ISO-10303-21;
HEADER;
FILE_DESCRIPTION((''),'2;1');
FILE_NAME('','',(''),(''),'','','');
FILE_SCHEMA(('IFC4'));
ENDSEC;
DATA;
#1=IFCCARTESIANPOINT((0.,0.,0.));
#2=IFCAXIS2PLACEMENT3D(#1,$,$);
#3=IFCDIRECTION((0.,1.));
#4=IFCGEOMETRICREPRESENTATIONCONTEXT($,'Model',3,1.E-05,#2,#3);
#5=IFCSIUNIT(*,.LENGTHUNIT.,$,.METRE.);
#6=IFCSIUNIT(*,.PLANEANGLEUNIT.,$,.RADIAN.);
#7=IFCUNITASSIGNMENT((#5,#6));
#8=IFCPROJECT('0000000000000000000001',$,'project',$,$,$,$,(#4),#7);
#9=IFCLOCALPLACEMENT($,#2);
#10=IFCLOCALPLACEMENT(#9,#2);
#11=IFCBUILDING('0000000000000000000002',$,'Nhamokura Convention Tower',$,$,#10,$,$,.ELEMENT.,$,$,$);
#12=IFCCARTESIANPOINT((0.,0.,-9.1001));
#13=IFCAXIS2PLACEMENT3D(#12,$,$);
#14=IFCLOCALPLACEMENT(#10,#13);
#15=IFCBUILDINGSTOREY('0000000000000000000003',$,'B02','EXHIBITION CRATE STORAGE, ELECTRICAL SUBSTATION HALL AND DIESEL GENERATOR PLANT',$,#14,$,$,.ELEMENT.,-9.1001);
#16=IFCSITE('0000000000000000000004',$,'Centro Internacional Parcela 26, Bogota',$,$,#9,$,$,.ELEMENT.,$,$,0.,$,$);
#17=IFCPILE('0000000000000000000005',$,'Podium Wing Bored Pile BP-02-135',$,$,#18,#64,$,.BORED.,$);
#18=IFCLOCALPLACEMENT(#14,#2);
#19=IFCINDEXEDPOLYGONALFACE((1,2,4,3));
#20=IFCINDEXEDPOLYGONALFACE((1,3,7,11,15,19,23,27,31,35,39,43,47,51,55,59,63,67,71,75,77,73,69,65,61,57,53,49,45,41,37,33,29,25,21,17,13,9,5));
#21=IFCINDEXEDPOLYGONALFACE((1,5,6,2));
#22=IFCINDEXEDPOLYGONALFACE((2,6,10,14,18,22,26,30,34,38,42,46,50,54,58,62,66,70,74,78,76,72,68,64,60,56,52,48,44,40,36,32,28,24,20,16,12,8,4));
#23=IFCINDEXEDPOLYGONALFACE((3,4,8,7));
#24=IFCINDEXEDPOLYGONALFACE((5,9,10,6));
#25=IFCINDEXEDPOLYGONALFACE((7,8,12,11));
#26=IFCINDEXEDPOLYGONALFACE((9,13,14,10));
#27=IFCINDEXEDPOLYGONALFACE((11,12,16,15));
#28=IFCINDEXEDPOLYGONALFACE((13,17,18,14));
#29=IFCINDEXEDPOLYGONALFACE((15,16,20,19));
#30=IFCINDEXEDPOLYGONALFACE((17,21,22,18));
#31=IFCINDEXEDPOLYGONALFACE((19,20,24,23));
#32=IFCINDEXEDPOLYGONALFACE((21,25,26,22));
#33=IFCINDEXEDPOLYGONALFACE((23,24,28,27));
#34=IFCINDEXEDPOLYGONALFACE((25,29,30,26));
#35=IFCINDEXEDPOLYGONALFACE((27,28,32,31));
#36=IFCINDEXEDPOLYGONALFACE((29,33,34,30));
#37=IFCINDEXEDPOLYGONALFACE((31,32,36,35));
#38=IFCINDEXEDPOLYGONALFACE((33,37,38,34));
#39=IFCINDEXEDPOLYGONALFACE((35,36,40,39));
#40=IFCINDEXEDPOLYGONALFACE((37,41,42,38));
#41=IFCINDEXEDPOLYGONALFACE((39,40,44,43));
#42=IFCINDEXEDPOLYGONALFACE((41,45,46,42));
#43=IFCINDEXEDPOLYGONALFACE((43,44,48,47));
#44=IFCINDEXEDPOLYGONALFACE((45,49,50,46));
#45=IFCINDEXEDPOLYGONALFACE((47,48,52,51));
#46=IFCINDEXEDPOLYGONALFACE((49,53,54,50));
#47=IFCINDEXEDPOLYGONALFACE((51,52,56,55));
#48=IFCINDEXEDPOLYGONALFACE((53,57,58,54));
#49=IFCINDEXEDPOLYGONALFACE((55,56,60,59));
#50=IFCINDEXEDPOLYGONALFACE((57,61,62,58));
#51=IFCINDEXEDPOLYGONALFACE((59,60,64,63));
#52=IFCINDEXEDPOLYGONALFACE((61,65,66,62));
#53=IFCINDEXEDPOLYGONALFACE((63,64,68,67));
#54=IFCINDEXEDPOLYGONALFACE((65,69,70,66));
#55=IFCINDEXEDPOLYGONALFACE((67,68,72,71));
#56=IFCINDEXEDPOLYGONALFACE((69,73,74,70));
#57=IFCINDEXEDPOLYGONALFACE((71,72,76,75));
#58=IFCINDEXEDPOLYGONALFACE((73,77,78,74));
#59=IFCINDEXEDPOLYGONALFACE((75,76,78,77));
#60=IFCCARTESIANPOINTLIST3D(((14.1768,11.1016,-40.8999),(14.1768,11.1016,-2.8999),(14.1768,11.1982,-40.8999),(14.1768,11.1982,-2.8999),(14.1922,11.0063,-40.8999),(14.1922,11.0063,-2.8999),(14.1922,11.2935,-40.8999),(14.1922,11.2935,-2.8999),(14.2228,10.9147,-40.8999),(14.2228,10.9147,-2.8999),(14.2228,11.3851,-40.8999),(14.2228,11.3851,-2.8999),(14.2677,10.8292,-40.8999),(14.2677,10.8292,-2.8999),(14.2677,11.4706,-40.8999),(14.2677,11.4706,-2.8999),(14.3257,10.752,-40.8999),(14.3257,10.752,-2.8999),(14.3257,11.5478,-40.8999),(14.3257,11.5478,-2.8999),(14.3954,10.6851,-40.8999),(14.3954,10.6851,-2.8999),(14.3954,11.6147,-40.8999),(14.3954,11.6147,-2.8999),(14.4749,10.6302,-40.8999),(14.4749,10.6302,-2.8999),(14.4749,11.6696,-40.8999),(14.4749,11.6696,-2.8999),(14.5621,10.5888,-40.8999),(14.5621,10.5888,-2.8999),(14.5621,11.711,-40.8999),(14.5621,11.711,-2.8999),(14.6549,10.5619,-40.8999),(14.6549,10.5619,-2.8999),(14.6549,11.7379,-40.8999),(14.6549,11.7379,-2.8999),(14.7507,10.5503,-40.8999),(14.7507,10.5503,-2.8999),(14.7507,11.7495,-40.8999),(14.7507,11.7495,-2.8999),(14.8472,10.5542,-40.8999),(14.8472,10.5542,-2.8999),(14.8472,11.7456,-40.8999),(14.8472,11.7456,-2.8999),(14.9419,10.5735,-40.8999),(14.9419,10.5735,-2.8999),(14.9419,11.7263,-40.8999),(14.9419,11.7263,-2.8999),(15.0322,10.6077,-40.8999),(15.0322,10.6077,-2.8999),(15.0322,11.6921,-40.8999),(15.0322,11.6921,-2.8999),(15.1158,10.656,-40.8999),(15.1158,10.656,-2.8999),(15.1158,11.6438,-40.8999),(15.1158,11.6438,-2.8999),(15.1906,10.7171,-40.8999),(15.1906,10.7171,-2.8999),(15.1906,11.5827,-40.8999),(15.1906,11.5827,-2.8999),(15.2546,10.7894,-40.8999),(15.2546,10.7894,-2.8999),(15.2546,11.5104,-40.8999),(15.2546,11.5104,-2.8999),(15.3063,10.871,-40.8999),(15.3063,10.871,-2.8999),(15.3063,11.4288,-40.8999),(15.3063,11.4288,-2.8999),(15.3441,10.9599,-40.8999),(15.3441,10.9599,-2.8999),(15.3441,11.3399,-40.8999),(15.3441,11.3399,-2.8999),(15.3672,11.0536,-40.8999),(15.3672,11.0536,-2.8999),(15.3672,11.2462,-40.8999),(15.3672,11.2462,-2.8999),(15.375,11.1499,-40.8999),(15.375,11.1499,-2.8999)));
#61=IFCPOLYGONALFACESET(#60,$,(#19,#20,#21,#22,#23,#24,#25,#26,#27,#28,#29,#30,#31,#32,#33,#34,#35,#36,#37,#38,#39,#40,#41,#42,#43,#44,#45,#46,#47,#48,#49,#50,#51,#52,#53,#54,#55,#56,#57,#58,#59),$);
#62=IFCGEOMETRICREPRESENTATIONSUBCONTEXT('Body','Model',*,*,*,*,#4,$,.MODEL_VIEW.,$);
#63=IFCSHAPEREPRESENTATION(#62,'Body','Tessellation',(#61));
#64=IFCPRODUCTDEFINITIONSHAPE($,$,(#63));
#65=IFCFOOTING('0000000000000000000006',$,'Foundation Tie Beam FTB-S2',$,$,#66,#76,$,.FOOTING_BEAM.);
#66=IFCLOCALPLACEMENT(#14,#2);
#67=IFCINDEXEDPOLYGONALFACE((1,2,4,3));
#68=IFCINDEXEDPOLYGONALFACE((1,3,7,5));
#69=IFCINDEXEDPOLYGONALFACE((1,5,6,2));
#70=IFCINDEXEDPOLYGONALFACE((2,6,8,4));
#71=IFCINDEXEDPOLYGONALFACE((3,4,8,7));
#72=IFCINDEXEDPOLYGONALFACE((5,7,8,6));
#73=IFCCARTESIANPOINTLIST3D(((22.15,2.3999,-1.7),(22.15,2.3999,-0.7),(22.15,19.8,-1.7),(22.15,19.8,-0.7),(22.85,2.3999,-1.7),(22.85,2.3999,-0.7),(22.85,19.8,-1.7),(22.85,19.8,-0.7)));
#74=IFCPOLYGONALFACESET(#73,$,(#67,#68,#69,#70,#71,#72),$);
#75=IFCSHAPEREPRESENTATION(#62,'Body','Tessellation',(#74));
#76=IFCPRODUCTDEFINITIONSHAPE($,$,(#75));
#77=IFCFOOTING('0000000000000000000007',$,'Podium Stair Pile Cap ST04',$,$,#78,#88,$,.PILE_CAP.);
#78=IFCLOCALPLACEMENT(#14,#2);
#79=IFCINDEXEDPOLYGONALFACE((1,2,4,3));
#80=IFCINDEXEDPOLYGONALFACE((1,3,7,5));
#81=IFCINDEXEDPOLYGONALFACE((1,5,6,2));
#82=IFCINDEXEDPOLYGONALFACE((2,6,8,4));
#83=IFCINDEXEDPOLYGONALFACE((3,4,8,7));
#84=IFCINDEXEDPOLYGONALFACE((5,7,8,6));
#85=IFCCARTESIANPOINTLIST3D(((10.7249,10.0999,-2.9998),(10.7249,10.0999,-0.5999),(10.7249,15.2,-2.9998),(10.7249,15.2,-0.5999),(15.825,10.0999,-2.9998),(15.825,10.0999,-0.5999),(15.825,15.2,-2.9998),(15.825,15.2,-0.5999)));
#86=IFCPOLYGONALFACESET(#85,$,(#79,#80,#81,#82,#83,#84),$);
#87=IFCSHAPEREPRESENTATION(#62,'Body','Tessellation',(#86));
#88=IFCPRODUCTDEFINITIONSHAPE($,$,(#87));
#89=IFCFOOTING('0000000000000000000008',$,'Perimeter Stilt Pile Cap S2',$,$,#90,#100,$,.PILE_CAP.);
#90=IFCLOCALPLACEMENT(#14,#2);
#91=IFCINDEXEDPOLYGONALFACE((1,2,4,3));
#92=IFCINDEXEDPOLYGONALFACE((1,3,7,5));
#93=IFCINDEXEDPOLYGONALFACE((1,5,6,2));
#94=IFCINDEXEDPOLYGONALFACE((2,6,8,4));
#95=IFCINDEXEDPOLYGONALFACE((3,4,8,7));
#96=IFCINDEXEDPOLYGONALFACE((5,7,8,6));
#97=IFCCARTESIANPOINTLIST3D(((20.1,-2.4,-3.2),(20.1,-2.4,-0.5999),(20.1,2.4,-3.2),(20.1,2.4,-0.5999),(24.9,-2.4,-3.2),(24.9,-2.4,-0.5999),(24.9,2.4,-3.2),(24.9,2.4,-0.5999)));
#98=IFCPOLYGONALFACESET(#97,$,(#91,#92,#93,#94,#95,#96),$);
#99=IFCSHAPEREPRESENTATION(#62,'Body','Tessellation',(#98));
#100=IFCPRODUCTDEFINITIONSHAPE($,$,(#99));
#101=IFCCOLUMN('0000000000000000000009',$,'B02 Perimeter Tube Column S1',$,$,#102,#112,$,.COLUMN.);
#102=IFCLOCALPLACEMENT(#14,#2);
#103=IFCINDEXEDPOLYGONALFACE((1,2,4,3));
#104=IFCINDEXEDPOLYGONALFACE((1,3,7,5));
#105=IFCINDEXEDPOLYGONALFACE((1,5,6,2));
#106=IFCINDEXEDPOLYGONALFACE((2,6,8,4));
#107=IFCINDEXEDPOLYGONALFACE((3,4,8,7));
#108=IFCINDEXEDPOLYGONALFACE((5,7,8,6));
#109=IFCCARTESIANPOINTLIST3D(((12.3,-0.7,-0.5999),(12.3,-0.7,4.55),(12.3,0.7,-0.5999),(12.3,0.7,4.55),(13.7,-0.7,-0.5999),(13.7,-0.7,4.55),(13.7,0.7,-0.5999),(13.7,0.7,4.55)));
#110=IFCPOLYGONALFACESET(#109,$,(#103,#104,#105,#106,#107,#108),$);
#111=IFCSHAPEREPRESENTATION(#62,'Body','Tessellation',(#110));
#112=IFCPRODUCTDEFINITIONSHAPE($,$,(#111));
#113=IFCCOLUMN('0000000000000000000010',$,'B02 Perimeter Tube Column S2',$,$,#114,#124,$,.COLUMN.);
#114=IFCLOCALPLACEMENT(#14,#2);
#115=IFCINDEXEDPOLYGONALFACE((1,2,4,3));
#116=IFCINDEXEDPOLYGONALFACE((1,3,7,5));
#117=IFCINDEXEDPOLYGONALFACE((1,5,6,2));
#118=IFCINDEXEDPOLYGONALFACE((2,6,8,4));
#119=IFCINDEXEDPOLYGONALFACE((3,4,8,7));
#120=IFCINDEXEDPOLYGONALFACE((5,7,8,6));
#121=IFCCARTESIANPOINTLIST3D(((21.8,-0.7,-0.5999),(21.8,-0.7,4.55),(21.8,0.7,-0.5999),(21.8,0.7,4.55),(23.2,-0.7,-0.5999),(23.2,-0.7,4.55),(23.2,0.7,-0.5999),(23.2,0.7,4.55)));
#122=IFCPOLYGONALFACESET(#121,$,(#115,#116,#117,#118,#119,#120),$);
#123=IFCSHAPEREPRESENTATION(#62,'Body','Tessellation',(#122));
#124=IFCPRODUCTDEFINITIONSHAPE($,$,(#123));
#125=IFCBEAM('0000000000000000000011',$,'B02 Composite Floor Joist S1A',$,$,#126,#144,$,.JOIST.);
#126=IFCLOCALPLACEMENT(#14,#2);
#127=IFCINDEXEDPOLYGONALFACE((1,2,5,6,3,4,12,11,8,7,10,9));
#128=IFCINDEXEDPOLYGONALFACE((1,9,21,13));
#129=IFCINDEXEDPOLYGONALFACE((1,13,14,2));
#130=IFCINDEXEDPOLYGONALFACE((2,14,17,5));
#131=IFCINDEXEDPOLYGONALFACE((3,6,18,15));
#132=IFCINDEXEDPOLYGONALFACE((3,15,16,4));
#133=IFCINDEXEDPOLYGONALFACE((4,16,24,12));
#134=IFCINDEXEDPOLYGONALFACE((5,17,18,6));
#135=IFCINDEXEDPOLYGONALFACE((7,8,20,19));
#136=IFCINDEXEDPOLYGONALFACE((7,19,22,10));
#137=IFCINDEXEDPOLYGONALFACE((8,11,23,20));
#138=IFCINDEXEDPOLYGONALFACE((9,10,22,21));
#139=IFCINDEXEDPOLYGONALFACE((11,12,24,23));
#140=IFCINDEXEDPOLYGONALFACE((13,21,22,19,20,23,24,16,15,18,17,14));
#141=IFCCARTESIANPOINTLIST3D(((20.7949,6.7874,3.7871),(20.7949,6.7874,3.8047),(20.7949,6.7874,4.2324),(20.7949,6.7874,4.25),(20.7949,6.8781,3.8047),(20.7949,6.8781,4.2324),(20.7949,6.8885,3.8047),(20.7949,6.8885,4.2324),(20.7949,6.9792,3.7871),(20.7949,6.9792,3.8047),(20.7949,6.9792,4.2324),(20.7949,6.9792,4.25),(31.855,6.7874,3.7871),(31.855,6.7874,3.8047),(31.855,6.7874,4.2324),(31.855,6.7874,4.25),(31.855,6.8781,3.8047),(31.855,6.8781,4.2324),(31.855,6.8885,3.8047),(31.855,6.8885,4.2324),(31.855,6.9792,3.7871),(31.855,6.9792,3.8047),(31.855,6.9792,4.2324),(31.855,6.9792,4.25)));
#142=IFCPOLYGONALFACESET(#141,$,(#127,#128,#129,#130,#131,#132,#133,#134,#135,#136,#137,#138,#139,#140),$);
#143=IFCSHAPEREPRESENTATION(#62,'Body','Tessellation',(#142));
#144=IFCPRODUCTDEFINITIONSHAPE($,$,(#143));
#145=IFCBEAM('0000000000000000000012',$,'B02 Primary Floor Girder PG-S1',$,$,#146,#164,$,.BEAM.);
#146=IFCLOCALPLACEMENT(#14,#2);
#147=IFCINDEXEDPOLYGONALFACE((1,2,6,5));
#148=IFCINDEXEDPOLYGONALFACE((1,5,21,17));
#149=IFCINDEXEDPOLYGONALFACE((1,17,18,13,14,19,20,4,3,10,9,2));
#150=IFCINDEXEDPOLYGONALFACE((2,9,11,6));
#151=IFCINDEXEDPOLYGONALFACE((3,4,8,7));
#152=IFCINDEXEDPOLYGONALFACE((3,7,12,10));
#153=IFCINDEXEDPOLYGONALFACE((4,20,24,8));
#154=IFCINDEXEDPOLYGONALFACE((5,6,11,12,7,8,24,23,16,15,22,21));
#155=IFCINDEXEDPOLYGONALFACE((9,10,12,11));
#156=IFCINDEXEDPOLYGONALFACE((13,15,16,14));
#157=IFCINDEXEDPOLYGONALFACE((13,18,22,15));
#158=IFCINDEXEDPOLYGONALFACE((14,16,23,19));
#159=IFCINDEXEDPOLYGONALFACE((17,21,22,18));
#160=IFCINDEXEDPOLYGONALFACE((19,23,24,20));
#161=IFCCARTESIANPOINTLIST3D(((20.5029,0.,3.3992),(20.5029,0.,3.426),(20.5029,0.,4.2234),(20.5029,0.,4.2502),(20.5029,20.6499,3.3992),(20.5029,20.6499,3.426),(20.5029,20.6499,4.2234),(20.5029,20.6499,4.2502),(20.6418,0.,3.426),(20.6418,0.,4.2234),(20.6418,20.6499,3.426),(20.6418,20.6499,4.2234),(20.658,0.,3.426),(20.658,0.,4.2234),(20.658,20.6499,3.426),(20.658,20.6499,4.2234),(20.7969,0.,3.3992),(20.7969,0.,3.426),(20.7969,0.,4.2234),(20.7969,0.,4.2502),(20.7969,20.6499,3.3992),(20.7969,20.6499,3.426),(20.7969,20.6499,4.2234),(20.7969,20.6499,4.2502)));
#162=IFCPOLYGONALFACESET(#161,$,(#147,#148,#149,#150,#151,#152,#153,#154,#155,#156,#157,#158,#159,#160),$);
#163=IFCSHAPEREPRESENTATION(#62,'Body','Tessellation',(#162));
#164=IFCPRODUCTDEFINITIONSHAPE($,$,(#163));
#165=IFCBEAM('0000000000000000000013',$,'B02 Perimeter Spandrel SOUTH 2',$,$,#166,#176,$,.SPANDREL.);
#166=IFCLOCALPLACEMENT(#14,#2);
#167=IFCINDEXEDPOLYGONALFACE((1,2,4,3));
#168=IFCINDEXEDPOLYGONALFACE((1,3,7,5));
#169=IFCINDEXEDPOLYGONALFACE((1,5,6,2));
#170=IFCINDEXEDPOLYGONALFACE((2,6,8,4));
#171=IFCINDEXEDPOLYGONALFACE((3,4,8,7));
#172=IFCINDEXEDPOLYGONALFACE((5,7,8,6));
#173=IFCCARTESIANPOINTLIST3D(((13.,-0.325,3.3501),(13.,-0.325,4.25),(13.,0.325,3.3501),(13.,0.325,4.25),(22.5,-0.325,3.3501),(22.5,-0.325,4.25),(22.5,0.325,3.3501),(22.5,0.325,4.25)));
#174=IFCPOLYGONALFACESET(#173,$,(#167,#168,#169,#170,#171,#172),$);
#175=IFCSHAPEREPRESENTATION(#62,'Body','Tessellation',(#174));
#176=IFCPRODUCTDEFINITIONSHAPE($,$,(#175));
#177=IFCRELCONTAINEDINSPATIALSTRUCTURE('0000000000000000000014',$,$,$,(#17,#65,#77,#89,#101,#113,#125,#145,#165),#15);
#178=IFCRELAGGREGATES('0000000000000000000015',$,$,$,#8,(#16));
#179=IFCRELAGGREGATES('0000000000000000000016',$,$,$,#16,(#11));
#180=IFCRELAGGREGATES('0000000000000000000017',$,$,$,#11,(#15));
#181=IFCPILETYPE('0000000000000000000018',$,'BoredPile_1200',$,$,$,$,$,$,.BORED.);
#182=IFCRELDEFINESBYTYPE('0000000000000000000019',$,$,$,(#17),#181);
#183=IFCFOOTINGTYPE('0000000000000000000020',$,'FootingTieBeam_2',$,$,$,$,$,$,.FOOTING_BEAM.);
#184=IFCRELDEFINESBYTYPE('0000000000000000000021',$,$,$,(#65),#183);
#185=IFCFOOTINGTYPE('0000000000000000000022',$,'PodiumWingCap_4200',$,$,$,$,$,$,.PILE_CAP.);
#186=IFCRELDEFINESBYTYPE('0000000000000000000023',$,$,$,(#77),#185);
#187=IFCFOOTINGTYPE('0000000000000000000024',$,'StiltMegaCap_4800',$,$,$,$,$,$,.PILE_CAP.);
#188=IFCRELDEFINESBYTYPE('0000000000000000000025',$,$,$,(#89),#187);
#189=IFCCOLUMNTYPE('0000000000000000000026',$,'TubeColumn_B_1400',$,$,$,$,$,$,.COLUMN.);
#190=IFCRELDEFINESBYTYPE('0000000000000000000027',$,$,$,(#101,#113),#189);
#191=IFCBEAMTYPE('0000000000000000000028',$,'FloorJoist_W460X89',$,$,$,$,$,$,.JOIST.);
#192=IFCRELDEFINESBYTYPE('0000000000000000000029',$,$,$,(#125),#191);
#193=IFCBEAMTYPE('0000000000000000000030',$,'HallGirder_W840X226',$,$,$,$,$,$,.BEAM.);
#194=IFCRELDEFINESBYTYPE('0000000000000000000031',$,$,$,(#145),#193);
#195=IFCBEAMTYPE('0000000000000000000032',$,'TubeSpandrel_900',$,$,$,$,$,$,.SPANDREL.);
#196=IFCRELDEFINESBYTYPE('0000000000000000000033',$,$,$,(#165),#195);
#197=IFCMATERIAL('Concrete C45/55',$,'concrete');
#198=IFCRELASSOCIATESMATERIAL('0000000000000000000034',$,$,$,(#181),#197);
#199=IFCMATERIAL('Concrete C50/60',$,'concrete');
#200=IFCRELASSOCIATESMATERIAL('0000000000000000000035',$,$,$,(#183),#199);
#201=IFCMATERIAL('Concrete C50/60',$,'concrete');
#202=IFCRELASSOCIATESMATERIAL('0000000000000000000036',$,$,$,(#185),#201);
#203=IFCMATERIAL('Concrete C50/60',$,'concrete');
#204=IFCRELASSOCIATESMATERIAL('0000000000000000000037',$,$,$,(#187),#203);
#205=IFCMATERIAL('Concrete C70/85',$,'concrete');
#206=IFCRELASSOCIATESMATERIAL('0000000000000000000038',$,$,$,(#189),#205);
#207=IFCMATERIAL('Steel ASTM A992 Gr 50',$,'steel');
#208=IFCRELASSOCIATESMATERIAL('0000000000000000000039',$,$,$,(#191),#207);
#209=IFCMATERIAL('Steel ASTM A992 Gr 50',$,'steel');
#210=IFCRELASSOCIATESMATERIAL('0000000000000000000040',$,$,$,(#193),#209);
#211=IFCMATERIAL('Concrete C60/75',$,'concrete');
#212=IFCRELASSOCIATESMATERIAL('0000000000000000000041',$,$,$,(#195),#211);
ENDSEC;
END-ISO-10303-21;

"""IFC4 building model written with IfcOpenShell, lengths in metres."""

from ifc_helpers import new_model, si_unit, direction, frame, origin, origin_2d, place, context, subcontext, project, spatial, rectangle, circle, i_section, extrude, material, material_profile, profile_set, type_object, element, save


model = new_model("IFC4")

# Units and contexts
model_context = context("Model", 3, precision=1e-05, world=origin(), true_north=direction((0.0, 1.0)))
body_context = subcontext(model_context, "Body", "Model", "MODEL_VIEW")
ifc_project = project(units=[si_unit("LENGTHUNIT", "METRE"), si_unit("PLANEANGLEUNIT", "RADIAN")], contexts=[model_context])

# Site, building, storey
site_placement = place(None, origin())
site = spatial("IfcSite", under=ifc_project, at=site_placement, Name="Centro Internacional Parcela 26, Bogota", CompositionType="ELEMENT", RefElevation=0.0)
building_placement = place(site_placement, origin())
building = spatial("IfcBuilding", under=site, at=building_placement, Name="Nhamokura Convention Tower", CompositionType="ELEMENT")
storey_placement = place(building_placement, frame((0.0, 0.0, -9.1001)))
storey = spatial("IfcBuildingStorey", under=building, at=storey_placement, Name="B02", Description="EXHIBITION CRATE STORAGE, ELECTRICAL SUBSTATION HALL AND DIESEL GENERATOR PLANT", CompositionType="ELEMENT", Elevation=-9.1001)

# Pile
ifc_material_1 = material(Name="Concrete C45/55", Category="concrete")
ifc_material_profile_1 = material_profile(ifc_material_1, circle(Radius=0.6001, at=origin_2d()))
ifc_profile_set_1 = profile_set([ifc_material_profile_1], Name="Concrete C45/55")
pile_type = type_object("IfcPileType", Name="BoredPile_1200", PredefinedType="BORED", material=ifc_profile_set_1)
for number, where, z_axis, x_axis, name in (
    (1, (14.7749, 11.1499, -2.8999), (0.0, 0.0, -1.0), (1.0, 0.0, 0.0), "Podium Wing Bored Pile BP-02-135"),
):
    element("IfcPile", number, at=place(storey_placement, frame(where, z_axis=z_axis, x_axis=x_axis)), inside=storey, type_object=pile_type, Name=name, PredefinedType="BORED", context=body_context, shape_type="SweptSolid", body=[
        extrude(circle(Radius=0.6001, at=origin_2d()), origin(), (0.0, 0.0, 1.0), 38.0),
    ])

# Footings
ifc_material_2 = material(Name="Concrete C50/60", Category="concrete")
ifc_material_profile_2 = material_profile(ifc_material_2, rectangle(XDim=0.7, YDim=1.0, at=origin_2d()))
ifc_profile_set_2 = profile_set([ifc_material_profile_2], Name="Concrete C50/60")
footing_type_1 = type_object("IfcFootingType", Name="FootingTieBeam_2", PredefinedType="FOOTING_BEAM", material=ifc_profile_set_2)
footing_1_placement = place(storey_placement, frame((22.5, 2.3999, -1.2), z_axis=(0.0, 1.0, 0.0), x_axis=(-1.0, 0.0, 0.0)))
element("IfcFooting", 2, at=footing_1_placement, inside=storey, type_object=footing_type_1, Name="Foundation Tie Beam FTB-S2", PredefinedType="FOOTING_BEAM", context=body_context, shape_type="SweptSolid", body=[
    extrude(rectangle(XDim=0.7, YDim=1.0, at=origin_2d()), origin(), (0.0, 0.0, 1.0), 17.4001),
])
ifc_material_3 = material(Name="Concrete C50/60", Category="concrete")
footing_type_2 = type_object("IfcFootingType", Name="PodiumWingCap_4200", PredefinedType="PILE_CAP", material=ifc_material_3)
footing_2_placement = place(storey_placement, frame((13.2749, 12.6499, -2.9998), z_axis=(0.0, 0.0, 1.0), x_axis=(1.0, 0.0, 0.0)))
element("IfcFooting", 3, at=footing_2_placement, inside=storey, type_object=footing_type_2, Name="Podium Stair Pile Cap ST04", PredefinedType="PILE_CAP", context=body_context, shape_type="SweptSolid", body=[
    extrude(rectangle(XDim=5.1001, YDim=5.1001, at=origin_2d()), origin(), (0.0, 0.0, 1.0), 2.3999),
])
ifc_material_4 = material(Name="Concrete C50/60", Category="concrete")
footing_type_3 = type_object("IfcFootingType", Name="StiltMegaCap_4800", PredefinedType="PILE_CAP", material=ifc_material_4)
footing_3_placement = place(storey_placement, frame((22.5, 0.0, -3.2), z_axis=(0.0, 0.0, 1.0), x_axis=(1.0, 0.0, 0.0)))
element("IfcFooting", 4, at=footing_3_placement, inside=storey, type_object=footing_type_3, Name="Perimeter Stilt Pile Cap S2", PredefinedType="PILE_CAP", context=body_context, shape_type="SweptSolid", body=[
    extrude(rectangle(XDim=4.8, YDim=4.8, at=origin_2d()), origin(), (0.0, 0.0, 1.0), 2.6001),
])

# Columns
ifc_material_5 = material(Name="Concrete C70/85", Category="concrete")
ifc_material_profile_3 = material_profile(ifc_material_5, rectangle(XDim=1.3999, YDim=1.3999, at=origin_2d()))
ifc_profile_set_3 = profile_set([ifc_material_profile_3], Name="Concrete C70/85")
column_type = type_object("IfcColumnType", Name="TubeColumn_B_1400", PredefinedType="COLUMN", material=ifc_profile_set_3)
for number, where, z_axis, x_axis, name in (
    (5, (13.0, 0.0, -0.5999), (0.0, 0.0, 1.0), (1.0, 0.0, 0.0), "B02 Perimeter Tube Column S1"),
    (6, (22.5, 0.0, -0.5999), (0.0, 0.0, 1.0), (1.0, 0.0, 0.0), "B02 Perimeter Tube Column S2"),
):
    element("IfcColumn", number, at=place(storey_placement, frame(where, z_axis=z_axis, x_axis=x_axis)), inside=storey, type_object=column_type, Name=name, PredefinedType="COLUMN", context=body_context, shape_type="SweptSolid", body=[
        extrude(rectangle(XDim=1.3999, YDim=1.3999, at=origin_2d()), origin(), (0.0, 0.0, 1.0), 5.1499),
    ])

# Beams
ifc_material_6 = material(Name="Steel ASTM A992 Gr 50", Category="steel")
ifc_material_profile_4 = material_profile(ifc_material_6, i_section(OverallWidth=0.1919, OverallDepth=0.4629, WebThickness=0.0105, FlangeThickness=0.0176, at=origin_2d()))
ifc_profile_set_4 = profile_set([ifc_material_profile_4], Name="Steel ASTM A992 Gr 50")
beam_type_1 = type_object("IfcBeamType", Name="FloorJoist_W460X89", PredefinedType="JOIST", material=ifc_profile_set_4)
beam_1_placement = place(storey_placement, frame((20.7949, 6.8833, 4.0186), z_axis=(1.0, 0.0, 0.0), x_axis=(0.0, 1.0, 0.0)))
element("IfcBeam", 7, at=beam_1_placement, inside=storey, type_object=beam_type_1, Name="B02 Composite Floor Joist S1A", PredefinedType="JOIST", context=body_context, shape_type="SweptSolid", body=[
    extrude(i_section(OverallWidth=0.1919, OverallDepth=0.4629, WebThickness=0.0105, FlangeThickness=0.0176, at=origin_2d()), origin(), (0.0, 0.0, 1.0), 11.0601),
])
ifc_material_7 = material(Name="Steel ASTM A992 Gr 50", Category="steel")
ifc_material_profile_5 = material_profile(ifc_material_7, i_section(OverallWidth=0.2939, OverallDepth=0.8511, WebThickness=0.0161, FlangeThickness=0.0269, at=origin_2d()))
ifc_profile_set_5 = profile_set([ifc_material_profile_5], Name="Steel ASTM A992 Gr 50")
beam_type_2 = type_object("IfcBeamType", Name="HallGirder_W840X226", PredefinedType="BEAM", material=ifc_profile_set_5)
beam_2_placement = place(storey_placement, frame((20.6499, 0.0, 3.8247), z_axis=(0.0, 1.0, 0.0), x_axis=(-1.0, 0.0, 0.0)))
element("IfcBeam", 8, at=beam_2_placement, inside=storey, type_object=beam_type_2, Name="B02 Primary Floor Girder PG-S1", PredefinedType="BEAM", context=body_context, shape_type="SweptSolid", body=[
    extrude(i_section(OverallWidth=0.2939, OverallDepth=0.8511, WebThickness=0.0161, FlangeThickness=0.0269, at=origin_2d()), origin(), (0.0, 0.0, 1.0), 20.6499),
])
ifc_material_8 = material(Name="Concrete C60/75", Category="concrete")
ifc_material_profile_6 = material_profile(ifc_material_8, rectangle(XDim=0.6499, YDim=0.8999, at=origin_2d()))
ifc_profile_set_6 = profile_set([ifc_material_profile_6], Name="Concrete C60/75")
beam_type_3 = type_object("IfcBeamType", Name="TubeSpandrel_900", PredefinedType="SPANDREL", material=ifc_profile_set_6)
for number, where, z_axis, x_axis, name in (
    (9, (13.0, 0.0, 3.8), (1.0, 0.0, 0.0), (0.0, 1.0, 0.0), "B02 Perimeter Spandrel SOUTH 2"),
):
    element("IfcBeam", number, at=place(storey_placement, frame(where, z_axis=z_axis, x_axis=x_axis)), inside=storey, type_object=beam_type_3, Name=name, PredefinedType="SPANDREL", context=body_context, shape_type="SweptSolid", body=[
        extrude(rectangle(XDim=0.6499, YDim=0.8999, at=origin_2d()), origin(), (0.0, 0.0, 1.0), 9.5),
    ])

save(model, "model.ifc")
